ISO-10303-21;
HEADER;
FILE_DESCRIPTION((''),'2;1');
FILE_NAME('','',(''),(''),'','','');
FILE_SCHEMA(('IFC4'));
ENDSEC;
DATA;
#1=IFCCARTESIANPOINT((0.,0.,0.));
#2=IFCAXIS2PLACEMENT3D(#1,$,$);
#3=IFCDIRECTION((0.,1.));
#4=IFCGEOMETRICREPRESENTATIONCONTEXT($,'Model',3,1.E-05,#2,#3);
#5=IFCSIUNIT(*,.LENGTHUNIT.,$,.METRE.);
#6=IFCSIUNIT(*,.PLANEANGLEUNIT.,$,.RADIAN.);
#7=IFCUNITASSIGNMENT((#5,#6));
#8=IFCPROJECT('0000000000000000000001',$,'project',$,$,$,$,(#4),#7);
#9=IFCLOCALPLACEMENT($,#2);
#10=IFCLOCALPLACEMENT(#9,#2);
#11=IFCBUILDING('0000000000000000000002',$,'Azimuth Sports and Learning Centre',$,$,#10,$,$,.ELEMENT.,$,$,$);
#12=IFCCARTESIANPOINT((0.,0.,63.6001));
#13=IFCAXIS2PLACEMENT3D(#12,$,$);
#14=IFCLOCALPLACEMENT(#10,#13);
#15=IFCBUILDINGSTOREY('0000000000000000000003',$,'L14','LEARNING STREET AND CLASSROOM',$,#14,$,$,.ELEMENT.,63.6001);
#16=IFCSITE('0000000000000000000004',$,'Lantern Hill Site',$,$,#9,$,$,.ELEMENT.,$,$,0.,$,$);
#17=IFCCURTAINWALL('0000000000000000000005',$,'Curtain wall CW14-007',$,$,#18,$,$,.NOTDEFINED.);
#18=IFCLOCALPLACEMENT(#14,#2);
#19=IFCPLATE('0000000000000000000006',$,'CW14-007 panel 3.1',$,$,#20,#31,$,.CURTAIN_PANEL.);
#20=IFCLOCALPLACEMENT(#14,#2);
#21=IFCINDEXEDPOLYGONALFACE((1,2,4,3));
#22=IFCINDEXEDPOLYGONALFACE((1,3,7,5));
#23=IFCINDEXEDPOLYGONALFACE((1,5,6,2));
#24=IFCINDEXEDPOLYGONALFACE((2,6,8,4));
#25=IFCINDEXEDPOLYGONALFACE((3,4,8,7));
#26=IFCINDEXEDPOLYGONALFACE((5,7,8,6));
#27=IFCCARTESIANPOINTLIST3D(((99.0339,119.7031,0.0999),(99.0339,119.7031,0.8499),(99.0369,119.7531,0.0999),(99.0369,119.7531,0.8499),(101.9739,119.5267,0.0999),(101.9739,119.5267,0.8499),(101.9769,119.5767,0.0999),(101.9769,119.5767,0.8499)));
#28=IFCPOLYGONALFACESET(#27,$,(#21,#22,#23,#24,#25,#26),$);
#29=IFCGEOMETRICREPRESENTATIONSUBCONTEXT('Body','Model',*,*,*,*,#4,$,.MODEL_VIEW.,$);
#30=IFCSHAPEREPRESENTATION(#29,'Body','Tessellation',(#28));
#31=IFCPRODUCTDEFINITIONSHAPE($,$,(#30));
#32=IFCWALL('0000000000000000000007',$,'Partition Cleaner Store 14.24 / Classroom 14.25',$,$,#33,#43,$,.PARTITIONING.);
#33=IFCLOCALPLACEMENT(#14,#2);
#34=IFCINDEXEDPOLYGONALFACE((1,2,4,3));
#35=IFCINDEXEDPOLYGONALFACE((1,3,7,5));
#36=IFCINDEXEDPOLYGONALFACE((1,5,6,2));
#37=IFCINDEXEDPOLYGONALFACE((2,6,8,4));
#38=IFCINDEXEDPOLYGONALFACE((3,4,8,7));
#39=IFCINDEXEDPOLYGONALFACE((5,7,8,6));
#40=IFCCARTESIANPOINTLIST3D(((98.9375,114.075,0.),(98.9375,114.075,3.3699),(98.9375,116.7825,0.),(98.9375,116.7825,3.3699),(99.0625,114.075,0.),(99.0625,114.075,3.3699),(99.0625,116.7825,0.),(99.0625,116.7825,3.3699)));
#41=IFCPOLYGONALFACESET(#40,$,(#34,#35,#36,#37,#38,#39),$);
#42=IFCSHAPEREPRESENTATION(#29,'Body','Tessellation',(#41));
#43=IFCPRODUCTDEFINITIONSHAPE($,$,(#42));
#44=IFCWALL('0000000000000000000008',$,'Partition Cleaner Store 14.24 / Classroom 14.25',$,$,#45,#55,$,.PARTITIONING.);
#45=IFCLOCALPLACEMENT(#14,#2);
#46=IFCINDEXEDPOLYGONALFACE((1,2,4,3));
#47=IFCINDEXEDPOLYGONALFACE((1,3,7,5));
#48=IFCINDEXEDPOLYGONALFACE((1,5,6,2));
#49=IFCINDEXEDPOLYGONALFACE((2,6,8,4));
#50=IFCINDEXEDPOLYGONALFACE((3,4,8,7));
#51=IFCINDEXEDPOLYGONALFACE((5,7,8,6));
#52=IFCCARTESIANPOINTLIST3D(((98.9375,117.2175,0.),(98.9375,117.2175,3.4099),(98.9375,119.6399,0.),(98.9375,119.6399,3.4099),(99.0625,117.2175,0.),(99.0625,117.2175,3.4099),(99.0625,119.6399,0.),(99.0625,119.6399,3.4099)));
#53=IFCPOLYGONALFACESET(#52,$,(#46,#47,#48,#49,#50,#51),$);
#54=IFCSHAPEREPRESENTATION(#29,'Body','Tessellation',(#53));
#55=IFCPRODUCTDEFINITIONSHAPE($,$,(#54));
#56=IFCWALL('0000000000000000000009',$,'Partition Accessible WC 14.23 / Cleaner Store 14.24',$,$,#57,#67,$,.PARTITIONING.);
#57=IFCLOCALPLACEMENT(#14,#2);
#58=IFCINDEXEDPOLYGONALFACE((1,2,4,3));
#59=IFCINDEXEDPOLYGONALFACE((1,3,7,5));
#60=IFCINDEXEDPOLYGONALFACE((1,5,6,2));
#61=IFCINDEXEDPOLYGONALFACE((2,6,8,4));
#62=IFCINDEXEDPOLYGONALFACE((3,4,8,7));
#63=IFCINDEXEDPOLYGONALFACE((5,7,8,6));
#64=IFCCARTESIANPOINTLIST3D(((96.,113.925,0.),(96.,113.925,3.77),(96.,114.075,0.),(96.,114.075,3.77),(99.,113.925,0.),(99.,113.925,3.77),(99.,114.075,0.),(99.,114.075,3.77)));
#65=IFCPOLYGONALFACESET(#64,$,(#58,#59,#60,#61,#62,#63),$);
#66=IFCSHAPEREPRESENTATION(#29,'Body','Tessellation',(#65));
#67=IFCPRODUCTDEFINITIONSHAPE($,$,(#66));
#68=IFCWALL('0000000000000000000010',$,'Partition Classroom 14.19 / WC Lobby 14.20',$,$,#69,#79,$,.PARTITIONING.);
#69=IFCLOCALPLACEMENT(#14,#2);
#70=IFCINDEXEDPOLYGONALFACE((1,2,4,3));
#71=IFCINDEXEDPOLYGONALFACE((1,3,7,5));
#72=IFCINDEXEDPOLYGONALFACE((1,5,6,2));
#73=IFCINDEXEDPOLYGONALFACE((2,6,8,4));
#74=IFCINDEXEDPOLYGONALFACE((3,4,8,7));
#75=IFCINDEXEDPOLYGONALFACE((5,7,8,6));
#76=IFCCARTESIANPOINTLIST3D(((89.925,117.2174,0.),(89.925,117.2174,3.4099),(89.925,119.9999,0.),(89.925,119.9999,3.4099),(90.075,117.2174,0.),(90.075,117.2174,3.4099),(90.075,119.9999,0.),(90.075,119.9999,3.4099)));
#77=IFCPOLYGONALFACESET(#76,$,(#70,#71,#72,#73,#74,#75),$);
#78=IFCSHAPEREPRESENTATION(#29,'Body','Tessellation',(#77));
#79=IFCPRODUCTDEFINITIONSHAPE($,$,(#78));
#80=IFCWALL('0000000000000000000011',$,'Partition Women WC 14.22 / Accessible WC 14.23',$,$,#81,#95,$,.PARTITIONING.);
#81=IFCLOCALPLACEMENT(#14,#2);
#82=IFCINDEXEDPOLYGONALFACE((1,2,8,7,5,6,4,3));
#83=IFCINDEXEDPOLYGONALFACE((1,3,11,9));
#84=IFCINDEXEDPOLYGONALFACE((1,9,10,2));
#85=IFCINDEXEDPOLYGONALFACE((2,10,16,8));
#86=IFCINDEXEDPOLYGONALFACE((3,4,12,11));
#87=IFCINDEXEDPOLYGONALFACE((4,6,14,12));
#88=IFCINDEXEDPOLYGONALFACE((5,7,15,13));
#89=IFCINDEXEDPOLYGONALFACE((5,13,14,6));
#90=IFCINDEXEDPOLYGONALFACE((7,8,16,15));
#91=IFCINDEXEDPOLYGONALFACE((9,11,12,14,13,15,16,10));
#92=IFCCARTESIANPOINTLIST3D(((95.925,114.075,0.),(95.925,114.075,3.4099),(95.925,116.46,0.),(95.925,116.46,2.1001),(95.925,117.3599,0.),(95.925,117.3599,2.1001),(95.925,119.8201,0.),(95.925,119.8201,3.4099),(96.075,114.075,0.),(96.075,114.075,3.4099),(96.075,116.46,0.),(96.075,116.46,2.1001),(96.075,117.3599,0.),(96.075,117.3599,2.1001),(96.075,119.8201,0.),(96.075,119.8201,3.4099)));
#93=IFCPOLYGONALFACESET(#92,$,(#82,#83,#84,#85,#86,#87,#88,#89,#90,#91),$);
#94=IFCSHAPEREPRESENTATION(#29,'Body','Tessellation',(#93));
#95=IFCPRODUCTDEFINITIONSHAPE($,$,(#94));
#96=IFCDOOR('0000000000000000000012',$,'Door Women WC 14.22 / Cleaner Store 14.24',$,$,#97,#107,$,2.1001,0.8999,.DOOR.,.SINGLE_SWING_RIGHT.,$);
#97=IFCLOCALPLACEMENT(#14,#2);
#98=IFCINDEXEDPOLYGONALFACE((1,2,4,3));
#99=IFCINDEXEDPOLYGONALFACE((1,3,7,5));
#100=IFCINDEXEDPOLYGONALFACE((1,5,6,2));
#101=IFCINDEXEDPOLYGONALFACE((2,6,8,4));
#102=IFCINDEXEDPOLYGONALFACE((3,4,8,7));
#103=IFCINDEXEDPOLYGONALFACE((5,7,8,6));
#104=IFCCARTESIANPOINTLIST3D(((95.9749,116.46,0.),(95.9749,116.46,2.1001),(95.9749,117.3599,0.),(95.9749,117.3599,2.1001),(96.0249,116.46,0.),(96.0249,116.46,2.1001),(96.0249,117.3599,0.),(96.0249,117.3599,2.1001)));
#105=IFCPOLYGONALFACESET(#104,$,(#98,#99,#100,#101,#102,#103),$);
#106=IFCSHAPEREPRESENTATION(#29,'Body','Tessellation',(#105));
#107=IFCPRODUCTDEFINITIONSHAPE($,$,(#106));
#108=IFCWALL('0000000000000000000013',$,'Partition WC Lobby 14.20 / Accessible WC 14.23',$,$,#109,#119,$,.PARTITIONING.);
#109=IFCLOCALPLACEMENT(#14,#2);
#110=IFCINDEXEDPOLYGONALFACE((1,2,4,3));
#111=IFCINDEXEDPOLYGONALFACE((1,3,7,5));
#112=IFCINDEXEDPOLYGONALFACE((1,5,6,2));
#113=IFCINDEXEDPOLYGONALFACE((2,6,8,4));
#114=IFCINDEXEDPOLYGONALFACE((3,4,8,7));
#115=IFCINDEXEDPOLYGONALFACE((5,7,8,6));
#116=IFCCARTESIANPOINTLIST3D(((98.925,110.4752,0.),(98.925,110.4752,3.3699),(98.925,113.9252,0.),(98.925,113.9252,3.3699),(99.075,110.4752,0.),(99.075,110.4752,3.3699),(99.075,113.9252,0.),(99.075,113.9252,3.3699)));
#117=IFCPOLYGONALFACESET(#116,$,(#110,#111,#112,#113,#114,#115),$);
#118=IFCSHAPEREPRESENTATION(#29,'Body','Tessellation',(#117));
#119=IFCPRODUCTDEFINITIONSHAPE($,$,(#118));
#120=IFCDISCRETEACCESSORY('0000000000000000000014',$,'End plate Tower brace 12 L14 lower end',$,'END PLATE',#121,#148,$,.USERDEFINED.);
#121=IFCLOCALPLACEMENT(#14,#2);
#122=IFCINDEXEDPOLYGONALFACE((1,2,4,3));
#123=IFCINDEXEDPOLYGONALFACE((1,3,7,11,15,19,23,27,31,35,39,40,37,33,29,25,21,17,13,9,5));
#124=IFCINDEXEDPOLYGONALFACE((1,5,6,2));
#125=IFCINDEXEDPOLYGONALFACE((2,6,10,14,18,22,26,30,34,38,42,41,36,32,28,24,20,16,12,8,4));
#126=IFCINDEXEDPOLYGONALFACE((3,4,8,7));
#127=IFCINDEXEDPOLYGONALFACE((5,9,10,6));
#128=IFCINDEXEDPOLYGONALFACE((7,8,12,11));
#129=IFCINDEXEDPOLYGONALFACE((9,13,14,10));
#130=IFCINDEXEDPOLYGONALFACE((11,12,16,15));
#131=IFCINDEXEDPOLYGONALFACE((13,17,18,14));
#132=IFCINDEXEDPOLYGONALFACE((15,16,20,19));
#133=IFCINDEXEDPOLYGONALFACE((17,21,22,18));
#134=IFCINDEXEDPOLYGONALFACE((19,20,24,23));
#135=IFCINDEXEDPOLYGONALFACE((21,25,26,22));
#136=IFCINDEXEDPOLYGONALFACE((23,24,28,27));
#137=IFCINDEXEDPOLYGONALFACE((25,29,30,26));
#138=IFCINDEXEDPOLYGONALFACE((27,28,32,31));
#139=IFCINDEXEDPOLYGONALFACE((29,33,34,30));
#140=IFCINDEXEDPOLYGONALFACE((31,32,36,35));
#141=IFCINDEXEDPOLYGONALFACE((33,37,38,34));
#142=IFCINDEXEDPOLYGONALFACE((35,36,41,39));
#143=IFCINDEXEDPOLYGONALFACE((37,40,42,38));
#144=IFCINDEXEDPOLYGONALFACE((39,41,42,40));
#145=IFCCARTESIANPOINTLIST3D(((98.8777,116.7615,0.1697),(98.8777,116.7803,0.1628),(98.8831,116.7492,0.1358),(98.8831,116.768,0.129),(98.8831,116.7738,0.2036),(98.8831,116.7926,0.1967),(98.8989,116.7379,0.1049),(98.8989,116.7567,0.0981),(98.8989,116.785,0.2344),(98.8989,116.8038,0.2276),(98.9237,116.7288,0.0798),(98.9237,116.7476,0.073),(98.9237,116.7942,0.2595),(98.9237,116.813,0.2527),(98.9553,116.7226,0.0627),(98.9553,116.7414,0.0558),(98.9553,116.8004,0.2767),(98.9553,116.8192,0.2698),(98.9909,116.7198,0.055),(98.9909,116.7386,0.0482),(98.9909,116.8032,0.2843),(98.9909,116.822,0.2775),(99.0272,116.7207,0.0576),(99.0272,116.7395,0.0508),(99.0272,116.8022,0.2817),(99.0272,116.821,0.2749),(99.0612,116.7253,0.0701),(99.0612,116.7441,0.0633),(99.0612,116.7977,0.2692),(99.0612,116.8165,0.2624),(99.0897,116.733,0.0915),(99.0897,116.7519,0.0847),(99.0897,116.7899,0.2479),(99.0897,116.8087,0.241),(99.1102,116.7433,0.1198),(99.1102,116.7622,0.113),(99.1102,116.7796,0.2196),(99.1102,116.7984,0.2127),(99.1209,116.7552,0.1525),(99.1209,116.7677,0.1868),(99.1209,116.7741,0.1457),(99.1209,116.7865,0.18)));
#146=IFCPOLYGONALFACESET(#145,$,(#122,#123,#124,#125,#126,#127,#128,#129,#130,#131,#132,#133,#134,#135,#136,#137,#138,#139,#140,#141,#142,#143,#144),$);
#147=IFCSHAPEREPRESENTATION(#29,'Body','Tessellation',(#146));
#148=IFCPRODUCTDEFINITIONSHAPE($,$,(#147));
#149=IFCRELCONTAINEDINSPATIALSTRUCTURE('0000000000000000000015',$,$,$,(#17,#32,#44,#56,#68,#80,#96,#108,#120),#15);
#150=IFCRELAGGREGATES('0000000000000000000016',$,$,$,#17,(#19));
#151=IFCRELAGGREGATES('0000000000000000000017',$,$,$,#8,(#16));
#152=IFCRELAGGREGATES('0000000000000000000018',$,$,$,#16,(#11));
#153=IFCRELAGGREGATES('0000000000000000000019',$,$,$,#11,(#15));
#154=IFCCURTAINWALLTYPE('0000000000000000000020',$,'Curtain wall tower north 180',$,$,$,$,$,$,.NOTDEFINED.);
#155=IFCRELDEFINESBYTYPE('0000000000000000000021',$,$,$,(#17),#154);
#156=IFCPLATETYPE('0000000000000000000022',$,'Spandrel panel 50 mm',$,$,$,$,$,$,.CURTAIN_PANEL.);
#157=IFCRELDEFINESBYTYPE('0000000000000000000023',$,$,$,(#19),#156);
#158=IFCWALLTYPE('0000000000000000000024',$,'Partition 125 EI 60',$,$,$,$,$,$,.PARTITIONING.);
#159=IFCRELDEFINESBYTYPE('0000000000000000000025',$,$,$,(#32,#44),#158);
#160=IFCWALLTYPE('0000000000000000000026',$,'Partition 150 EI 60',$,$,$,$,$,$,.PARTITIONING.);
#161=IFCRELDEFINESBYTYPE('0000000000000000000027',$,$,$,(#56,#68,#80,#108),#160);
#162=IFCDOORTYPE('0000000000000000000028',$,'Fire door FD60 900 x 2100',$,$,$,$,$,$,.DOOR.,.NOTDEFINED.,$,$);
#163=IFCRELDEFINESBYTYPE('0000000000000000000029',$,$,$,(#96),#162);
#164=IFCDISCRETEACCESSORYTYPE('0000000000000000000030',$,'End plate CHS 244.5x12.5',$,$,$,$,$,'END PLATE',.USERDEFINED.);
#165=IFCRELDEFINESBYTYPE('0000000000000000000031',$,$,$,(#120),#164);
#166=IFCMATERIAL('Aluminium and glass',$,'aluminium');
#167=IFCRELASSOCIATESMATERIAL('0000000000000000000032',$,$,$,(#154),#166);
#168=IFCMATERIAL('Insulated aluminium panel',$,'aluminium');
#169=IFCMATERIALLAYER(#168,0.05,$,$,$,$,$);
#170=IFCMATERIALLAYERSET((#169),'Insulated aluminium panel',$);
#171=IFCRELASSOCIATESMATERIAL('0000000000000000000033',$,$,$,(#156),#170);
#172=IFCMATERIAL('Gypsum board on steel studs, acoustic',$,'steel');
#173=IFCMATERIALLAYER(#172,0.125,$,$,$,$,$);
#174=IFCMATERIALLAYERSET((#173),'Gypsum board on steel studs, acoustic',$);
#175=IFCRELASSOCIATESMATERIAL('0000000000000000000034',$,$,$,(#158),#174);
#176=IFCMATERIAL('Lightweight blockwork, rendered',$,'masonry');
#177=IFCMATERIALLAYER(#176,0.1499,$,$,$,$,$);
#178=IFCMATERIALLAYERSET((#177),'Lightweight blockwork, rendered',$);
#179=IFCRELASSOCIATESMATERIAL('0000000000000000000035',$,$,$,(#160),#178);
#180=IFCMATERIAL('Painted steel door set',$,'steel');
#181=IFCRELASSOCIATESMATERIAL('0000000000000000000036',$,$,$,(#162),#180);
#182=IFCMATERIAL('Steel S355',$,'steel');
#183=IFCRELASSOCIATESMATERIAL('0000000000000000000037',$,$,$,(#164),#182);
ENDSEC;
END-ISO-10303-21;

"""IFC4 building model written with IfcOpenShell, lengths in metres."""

from ifc_helpers import new_model, si_unit, direction, frame, frame_2d, origin, origin_2d, place, context, subcontext, project, spatial, rectangle, circle, extrude, material, layer, layer_set, material_profile, profile_set, type_object, element, fill, aggregate, save


model = new_model("IFC4")

# Units and contexts
model_context = context("Model", 3, precision=1e-05, world=origin(), true_north=direction((0.0, 1.0)))
body_context = subcontext(model_context, "Body", "Model", "MODEL_VIEW")
ifc_project = project(units=[si_unit("LENGTHUNIT", "METRE"), si_unit("PLANEANGLEUNIT", "RADIAN")], contexts=[model_context])

# Site, building, storey
site_placement = place(None, origin())
site = spatial("IfcSite", under=ifc_project, at=site_placement, Name="Lantern Hill Site", CompositionType="ELEMENT", RefElevation=0.0)
building_placement = place(site_placement, origin())
building = spatial("IfcBuilding", under=site, at=building_placement, Name="Azimuth Sports and Learning Centre", CompositionType="ELEMENT")
storey_placement = place(building_placement, frame((0.0, 0.0, 63.6001)))
storey = spatial("IfcBuildingStorey", under=building, at=storey_placement, Name="L14", Description="LEARNING STREET AND CLASSROOM", CompositionType="ELEMENT", Elevation=63.6001)

# Curtain wall, plate
ifc_material_1 = material(Name="Aluminium and glass", Category="aluminium")
curtain_wall_type = type_object("IfcCurtainWallType", Name="Curtain wall tower north 180", PredefinedType="NOTDEFINED", material=ifc_material_1)
curtain_wall_placement = place(storey_placement, origin())
curtain_wall = element("IfcCurtainWall", 1, at=curtain_wall_placement, inside=storey, type_object=curtain_wall_type, Name="Curtain wall CW14-007", PredefinedType="NOTDEFINED")
ifc_material_2 = material(Name="Insulated aluminium panel", Category="aluminium")
ifc_layer_1 = layer(ifc_material_2, 0.05)
ifc_layer_set_1 = layer_set([ifc_layer_1], Name="Insulated aluminium panel")
plate_type = type_object("IfcPlateType", Name="Spandrel panel 50 mm", PredefinedType="CURTAIN_PANEL", material=ifc_layer_set_1)
plate_placement = place(storey_placement, frame((100.5054, 119.6399, 0.0999), z_axis=(0.0, 0.0, 1.0), x_axis=(-0.998205, 0.059892, 0.0)))
plate = element("IfcPlate", 2, at=plate_placement, type_object=plate_type, Name="CW14-007 panel 3.1", PredefinedType="CURTAIN_PANEL", context=body_context, shape_type="SweptSolid", body=[
    extrude(rectangle(XDim=2.9453, YDim=0.05, at=origin_2d()), origin(), (0.0, 0.0, 1.0), 0.75),
])
aggregate(curtain_wall, [plate])

# Walls
ifc_material_3 = material(Name="Gypsum board on steel studs, acoustic", Category="steel")
ifc_layer_2 = layer(ifc_material_3, 0.125)
ifc_layer_set_2 = layer_set([ifc_layer_2], Name="Gypsum board on steel studs, acoustic")
wall_type_1 = type_object("IfcWallType", Name="Partition 125 EI 60", PredefinedType="PARTITIONING", material=ifc_layer_set_2)
wall_1_placement = place(storey_placement, frame((99.0, 114.075, 0.0), z_axis=(0.0, 0.0, 1.0), x_axis=(0.0, 1.0, 0.0)))
element("IfcWall", 3, at=wall_1_placement, inside=storey, type_object=wall_type_1, Name="Partition Cleaner Store 14.24 / Classroom 14.25", PredefinedType="PARTITIONING", context=body_context, shape_type="SweptSolid", body=[
    extrude(rectangle(XDim=2.7075, YDim=0.125, at=frame_2d((1.3538, 0.0))), origin(), (0.0, 0.0, 1.0), 3.3699),
])
wall_2_placement = place(storey_placement, frame((99.0, 117.2175, 0.0), z_axis=(0.0, 0.0, 1.0), x_axis=(0.0, 1.0, 0.0)))
element("IfcWall", 4, at=wall_2_placement, inside=storey, type_object=wall_type_1, Name="Partition Cleaner Store 14.24 / Classroom 14.25", PredefinedType="PARTITIONING", context=body_context, shape_type="SweptSolid", body=[
    extrude(rectangle(XDim=2.4224, YDim=0.125, at=frame_2d((1.2112, 0.0))), origin(), (0.0, 0.0, 1.0), 3.4099),
])
ifc_material_4 = material(Name="Lightweight blockwork, rendered", Category="masonry")
ifc_layer_3 = layer(ifc_material_4, 0.1499)
ifc_layer_set_3 = layer_set([ifc_layer_3], Name="Lightweight blockwork, rendered")
wall_type_2 = type_object("IfcWallType", Name="Partition 150 EI 60", PredefinedType="PARTITIONING", material=ifc_layer_set_3)
wall_3_placement = place(storey_placement, frame((96.0, 114.0, 0.0), z_axis=(0.0, 0.0, 1.0), x_axis=(1.0, 0.0, 0.0)))
element("IfcWall", 5, at=wall_3_placement, inside=storey, type_object=wall_type_2, Name="Partition Accessible WC 14.23 / Cleaner Store 14.24", PredefinedType="PARTITIONING", context=body_context, shape_type="SweptSolid", body=[
    extrude(rectangle(XDim=3.0, YDim=0.1499, at=frame_2d((1.5, 0.0))), origin(), (0.0, 0.0, 1.0), 3.77),
])
wall_4_placement = place(storey_placement, frame((90.0, 117.2175, 0.0), z_axis=(0.0, 0.0, 1.0), x_axis=(0.0, 1.0, 0.0)))
element("IfcWall", 6, at=wall_4_placement, inside=storey, type_object=wall_type_2, Name="Partition Classroom 14.19 / WC Lobby 14.20", PredefinedType="PARTITIONING", context=body_context, shape_type="SweptSolid", body=[
    extrude(rectangle(XDim=2.7825, YDim=0.1499, at=frame_2d((1.3911, 0.0))), origin(), (0.0, 0.0, 1.0), 3.4099),
])

# Wall, opening, door
wall_5_placement = place(storey_placement, frame((96.0, 114.075, 0.0), z_axis=(0.0, 0.0, 1.0), x_axis=(0.0, 1.0, 0.0)))
wall_5 = element("IfcWall", 7, at=wall_5_placement, inside=storey, type_object=wall_type_2, Name="Partition Women WC 14.22 / Accessible WC 14.23", PredefinedType="PARTITIONING", context=body_context, shape_type="SweptSolid", body=[
    extrude(rectangle(XDim=5.7451, YDim=0.1499, at=frame_2d((2.8726, 0.0))), origin(), (0.0, 0.0, 1.0), 3.4099),
])
opening_placement = place(wall_5_placement, frame((2.385, 0.0, 0.0)))
opening = element("IfcOpeningElement", 8, at=opening_placement, cuts=wall_5, PredefinedType="OPENING", context=body_context, shape_type="SweptSolid", body=[
    extrude(rectangle(XDim=0.8999, YDim=2.1001, at=frame_2d((0.45, 1.05))), frame((0.0, 0.0859, 0.0), z_axis=(0.0, -1.0, 0.0), x_axis=(1.0, 0.0, 0.0)), (0.0, 0.0, 1.0), 0.1719),
])
ifc_material_5 = material(Name="Painted steel door set", Category="steel")
door_type = type_object("IfcDoorType", Name="Fire door FD60 900 x 2100", OperationType="NOTDEFINED", PredefinedType="DOOR", material=ifc_material_5)
door_placement = place(opening_placement, frame((0.8999, 0.0, 0.0), z_axis=(0.0, 0.0, 1.0), x_axis=(-1.0, 0.0, 0.0)))
door = element("IfcDoor", 9, at=door_placement, inside=storey, type_object=door_type, Name="Door Women WC 14.22 / Cleaner Store 14.24", OperationType="SINGLE_SWING_RIGHT", OverallHeight=2.1001, OverallWidth=0.8999, PredefinedType="DOOR", context=body_context, shape_type="SweptSolid", body=[
    extrude(rectangle(XDim=0.8999, YDim=2.1001, at=frame_2d((0.45, 1.05))), frame((0.0, 0.0249, 0.0), z_axis=(0.0, -1.0, 0.0), x_axis=(1.0, 0.0, 0.0)), (0.0, 0.0, 1.0), 0.05),
])
fill(opening, door)

# Wall
wall_6_placement = place(storey_placement, frame((99.0, 110.4751, 0.0), z_axis=(0.0, 0.0, 1.0), x_axis=(0.0, 1.0, 0.0)))
element("IfcWall", 10, at=wall_6_placement, inside=storey, type_object=wall_type_2, Name="Partition WC Lobby 14.20 / Accessible WC 14.23", PredefinedType="PARTITIONING", context=body_context, shape_type="SweptSolid", body=[
    extrude(rectangle(XDim=3.45, YDim=0.1499, at=frame_2d((1.7251, 0.0))), origin(), (0.0, 0.0, 1.0), 3.3699),
])

# Discrete accessory
ifc_material_6 = material(Name="Steel S355", Category="steel")
ifc_material_profile_1 = material_profile(ifc_material_6, circle(Radius=0.1223, at=origin_2d()), Name="PL 244 DISC")
ifc_profile_set_1 = profile_set([ifc_material_profile_1], Name="Steel S355")
discrete_accessory_type = type_object("IfcDiscreteAccessoryType", Name="End plate CHS 244.5x12.5", ElementType="END PLATE", PredefinedType="USERDEFINED", material=ifc_profile_set_1)
discrete_accessory_placement = place(storey_placement, frame((99.0, 116.7615, 0.1697), z_axis=(0.0, 0.939793, -0.341743), x_axis=(-1.0, 0.0, 0.0)))
element("IfcDiscreteAccessory", 11, at=discrete_accessory_placement, inside=storey, type_object=discrete_accessory_type, Name="End plate Tower brace 12 L14 lower end", ObjectType="END PLATE", PredefinedType="USERDEFINED", context=body_context, shape_type="SweptSolid", body=[
    extrude(circle(Radius=0.1223, at=origin_2d()), origin(), (0.0, 0.0, 1.0), 0.02),
])

save(model, "model.ifc")
